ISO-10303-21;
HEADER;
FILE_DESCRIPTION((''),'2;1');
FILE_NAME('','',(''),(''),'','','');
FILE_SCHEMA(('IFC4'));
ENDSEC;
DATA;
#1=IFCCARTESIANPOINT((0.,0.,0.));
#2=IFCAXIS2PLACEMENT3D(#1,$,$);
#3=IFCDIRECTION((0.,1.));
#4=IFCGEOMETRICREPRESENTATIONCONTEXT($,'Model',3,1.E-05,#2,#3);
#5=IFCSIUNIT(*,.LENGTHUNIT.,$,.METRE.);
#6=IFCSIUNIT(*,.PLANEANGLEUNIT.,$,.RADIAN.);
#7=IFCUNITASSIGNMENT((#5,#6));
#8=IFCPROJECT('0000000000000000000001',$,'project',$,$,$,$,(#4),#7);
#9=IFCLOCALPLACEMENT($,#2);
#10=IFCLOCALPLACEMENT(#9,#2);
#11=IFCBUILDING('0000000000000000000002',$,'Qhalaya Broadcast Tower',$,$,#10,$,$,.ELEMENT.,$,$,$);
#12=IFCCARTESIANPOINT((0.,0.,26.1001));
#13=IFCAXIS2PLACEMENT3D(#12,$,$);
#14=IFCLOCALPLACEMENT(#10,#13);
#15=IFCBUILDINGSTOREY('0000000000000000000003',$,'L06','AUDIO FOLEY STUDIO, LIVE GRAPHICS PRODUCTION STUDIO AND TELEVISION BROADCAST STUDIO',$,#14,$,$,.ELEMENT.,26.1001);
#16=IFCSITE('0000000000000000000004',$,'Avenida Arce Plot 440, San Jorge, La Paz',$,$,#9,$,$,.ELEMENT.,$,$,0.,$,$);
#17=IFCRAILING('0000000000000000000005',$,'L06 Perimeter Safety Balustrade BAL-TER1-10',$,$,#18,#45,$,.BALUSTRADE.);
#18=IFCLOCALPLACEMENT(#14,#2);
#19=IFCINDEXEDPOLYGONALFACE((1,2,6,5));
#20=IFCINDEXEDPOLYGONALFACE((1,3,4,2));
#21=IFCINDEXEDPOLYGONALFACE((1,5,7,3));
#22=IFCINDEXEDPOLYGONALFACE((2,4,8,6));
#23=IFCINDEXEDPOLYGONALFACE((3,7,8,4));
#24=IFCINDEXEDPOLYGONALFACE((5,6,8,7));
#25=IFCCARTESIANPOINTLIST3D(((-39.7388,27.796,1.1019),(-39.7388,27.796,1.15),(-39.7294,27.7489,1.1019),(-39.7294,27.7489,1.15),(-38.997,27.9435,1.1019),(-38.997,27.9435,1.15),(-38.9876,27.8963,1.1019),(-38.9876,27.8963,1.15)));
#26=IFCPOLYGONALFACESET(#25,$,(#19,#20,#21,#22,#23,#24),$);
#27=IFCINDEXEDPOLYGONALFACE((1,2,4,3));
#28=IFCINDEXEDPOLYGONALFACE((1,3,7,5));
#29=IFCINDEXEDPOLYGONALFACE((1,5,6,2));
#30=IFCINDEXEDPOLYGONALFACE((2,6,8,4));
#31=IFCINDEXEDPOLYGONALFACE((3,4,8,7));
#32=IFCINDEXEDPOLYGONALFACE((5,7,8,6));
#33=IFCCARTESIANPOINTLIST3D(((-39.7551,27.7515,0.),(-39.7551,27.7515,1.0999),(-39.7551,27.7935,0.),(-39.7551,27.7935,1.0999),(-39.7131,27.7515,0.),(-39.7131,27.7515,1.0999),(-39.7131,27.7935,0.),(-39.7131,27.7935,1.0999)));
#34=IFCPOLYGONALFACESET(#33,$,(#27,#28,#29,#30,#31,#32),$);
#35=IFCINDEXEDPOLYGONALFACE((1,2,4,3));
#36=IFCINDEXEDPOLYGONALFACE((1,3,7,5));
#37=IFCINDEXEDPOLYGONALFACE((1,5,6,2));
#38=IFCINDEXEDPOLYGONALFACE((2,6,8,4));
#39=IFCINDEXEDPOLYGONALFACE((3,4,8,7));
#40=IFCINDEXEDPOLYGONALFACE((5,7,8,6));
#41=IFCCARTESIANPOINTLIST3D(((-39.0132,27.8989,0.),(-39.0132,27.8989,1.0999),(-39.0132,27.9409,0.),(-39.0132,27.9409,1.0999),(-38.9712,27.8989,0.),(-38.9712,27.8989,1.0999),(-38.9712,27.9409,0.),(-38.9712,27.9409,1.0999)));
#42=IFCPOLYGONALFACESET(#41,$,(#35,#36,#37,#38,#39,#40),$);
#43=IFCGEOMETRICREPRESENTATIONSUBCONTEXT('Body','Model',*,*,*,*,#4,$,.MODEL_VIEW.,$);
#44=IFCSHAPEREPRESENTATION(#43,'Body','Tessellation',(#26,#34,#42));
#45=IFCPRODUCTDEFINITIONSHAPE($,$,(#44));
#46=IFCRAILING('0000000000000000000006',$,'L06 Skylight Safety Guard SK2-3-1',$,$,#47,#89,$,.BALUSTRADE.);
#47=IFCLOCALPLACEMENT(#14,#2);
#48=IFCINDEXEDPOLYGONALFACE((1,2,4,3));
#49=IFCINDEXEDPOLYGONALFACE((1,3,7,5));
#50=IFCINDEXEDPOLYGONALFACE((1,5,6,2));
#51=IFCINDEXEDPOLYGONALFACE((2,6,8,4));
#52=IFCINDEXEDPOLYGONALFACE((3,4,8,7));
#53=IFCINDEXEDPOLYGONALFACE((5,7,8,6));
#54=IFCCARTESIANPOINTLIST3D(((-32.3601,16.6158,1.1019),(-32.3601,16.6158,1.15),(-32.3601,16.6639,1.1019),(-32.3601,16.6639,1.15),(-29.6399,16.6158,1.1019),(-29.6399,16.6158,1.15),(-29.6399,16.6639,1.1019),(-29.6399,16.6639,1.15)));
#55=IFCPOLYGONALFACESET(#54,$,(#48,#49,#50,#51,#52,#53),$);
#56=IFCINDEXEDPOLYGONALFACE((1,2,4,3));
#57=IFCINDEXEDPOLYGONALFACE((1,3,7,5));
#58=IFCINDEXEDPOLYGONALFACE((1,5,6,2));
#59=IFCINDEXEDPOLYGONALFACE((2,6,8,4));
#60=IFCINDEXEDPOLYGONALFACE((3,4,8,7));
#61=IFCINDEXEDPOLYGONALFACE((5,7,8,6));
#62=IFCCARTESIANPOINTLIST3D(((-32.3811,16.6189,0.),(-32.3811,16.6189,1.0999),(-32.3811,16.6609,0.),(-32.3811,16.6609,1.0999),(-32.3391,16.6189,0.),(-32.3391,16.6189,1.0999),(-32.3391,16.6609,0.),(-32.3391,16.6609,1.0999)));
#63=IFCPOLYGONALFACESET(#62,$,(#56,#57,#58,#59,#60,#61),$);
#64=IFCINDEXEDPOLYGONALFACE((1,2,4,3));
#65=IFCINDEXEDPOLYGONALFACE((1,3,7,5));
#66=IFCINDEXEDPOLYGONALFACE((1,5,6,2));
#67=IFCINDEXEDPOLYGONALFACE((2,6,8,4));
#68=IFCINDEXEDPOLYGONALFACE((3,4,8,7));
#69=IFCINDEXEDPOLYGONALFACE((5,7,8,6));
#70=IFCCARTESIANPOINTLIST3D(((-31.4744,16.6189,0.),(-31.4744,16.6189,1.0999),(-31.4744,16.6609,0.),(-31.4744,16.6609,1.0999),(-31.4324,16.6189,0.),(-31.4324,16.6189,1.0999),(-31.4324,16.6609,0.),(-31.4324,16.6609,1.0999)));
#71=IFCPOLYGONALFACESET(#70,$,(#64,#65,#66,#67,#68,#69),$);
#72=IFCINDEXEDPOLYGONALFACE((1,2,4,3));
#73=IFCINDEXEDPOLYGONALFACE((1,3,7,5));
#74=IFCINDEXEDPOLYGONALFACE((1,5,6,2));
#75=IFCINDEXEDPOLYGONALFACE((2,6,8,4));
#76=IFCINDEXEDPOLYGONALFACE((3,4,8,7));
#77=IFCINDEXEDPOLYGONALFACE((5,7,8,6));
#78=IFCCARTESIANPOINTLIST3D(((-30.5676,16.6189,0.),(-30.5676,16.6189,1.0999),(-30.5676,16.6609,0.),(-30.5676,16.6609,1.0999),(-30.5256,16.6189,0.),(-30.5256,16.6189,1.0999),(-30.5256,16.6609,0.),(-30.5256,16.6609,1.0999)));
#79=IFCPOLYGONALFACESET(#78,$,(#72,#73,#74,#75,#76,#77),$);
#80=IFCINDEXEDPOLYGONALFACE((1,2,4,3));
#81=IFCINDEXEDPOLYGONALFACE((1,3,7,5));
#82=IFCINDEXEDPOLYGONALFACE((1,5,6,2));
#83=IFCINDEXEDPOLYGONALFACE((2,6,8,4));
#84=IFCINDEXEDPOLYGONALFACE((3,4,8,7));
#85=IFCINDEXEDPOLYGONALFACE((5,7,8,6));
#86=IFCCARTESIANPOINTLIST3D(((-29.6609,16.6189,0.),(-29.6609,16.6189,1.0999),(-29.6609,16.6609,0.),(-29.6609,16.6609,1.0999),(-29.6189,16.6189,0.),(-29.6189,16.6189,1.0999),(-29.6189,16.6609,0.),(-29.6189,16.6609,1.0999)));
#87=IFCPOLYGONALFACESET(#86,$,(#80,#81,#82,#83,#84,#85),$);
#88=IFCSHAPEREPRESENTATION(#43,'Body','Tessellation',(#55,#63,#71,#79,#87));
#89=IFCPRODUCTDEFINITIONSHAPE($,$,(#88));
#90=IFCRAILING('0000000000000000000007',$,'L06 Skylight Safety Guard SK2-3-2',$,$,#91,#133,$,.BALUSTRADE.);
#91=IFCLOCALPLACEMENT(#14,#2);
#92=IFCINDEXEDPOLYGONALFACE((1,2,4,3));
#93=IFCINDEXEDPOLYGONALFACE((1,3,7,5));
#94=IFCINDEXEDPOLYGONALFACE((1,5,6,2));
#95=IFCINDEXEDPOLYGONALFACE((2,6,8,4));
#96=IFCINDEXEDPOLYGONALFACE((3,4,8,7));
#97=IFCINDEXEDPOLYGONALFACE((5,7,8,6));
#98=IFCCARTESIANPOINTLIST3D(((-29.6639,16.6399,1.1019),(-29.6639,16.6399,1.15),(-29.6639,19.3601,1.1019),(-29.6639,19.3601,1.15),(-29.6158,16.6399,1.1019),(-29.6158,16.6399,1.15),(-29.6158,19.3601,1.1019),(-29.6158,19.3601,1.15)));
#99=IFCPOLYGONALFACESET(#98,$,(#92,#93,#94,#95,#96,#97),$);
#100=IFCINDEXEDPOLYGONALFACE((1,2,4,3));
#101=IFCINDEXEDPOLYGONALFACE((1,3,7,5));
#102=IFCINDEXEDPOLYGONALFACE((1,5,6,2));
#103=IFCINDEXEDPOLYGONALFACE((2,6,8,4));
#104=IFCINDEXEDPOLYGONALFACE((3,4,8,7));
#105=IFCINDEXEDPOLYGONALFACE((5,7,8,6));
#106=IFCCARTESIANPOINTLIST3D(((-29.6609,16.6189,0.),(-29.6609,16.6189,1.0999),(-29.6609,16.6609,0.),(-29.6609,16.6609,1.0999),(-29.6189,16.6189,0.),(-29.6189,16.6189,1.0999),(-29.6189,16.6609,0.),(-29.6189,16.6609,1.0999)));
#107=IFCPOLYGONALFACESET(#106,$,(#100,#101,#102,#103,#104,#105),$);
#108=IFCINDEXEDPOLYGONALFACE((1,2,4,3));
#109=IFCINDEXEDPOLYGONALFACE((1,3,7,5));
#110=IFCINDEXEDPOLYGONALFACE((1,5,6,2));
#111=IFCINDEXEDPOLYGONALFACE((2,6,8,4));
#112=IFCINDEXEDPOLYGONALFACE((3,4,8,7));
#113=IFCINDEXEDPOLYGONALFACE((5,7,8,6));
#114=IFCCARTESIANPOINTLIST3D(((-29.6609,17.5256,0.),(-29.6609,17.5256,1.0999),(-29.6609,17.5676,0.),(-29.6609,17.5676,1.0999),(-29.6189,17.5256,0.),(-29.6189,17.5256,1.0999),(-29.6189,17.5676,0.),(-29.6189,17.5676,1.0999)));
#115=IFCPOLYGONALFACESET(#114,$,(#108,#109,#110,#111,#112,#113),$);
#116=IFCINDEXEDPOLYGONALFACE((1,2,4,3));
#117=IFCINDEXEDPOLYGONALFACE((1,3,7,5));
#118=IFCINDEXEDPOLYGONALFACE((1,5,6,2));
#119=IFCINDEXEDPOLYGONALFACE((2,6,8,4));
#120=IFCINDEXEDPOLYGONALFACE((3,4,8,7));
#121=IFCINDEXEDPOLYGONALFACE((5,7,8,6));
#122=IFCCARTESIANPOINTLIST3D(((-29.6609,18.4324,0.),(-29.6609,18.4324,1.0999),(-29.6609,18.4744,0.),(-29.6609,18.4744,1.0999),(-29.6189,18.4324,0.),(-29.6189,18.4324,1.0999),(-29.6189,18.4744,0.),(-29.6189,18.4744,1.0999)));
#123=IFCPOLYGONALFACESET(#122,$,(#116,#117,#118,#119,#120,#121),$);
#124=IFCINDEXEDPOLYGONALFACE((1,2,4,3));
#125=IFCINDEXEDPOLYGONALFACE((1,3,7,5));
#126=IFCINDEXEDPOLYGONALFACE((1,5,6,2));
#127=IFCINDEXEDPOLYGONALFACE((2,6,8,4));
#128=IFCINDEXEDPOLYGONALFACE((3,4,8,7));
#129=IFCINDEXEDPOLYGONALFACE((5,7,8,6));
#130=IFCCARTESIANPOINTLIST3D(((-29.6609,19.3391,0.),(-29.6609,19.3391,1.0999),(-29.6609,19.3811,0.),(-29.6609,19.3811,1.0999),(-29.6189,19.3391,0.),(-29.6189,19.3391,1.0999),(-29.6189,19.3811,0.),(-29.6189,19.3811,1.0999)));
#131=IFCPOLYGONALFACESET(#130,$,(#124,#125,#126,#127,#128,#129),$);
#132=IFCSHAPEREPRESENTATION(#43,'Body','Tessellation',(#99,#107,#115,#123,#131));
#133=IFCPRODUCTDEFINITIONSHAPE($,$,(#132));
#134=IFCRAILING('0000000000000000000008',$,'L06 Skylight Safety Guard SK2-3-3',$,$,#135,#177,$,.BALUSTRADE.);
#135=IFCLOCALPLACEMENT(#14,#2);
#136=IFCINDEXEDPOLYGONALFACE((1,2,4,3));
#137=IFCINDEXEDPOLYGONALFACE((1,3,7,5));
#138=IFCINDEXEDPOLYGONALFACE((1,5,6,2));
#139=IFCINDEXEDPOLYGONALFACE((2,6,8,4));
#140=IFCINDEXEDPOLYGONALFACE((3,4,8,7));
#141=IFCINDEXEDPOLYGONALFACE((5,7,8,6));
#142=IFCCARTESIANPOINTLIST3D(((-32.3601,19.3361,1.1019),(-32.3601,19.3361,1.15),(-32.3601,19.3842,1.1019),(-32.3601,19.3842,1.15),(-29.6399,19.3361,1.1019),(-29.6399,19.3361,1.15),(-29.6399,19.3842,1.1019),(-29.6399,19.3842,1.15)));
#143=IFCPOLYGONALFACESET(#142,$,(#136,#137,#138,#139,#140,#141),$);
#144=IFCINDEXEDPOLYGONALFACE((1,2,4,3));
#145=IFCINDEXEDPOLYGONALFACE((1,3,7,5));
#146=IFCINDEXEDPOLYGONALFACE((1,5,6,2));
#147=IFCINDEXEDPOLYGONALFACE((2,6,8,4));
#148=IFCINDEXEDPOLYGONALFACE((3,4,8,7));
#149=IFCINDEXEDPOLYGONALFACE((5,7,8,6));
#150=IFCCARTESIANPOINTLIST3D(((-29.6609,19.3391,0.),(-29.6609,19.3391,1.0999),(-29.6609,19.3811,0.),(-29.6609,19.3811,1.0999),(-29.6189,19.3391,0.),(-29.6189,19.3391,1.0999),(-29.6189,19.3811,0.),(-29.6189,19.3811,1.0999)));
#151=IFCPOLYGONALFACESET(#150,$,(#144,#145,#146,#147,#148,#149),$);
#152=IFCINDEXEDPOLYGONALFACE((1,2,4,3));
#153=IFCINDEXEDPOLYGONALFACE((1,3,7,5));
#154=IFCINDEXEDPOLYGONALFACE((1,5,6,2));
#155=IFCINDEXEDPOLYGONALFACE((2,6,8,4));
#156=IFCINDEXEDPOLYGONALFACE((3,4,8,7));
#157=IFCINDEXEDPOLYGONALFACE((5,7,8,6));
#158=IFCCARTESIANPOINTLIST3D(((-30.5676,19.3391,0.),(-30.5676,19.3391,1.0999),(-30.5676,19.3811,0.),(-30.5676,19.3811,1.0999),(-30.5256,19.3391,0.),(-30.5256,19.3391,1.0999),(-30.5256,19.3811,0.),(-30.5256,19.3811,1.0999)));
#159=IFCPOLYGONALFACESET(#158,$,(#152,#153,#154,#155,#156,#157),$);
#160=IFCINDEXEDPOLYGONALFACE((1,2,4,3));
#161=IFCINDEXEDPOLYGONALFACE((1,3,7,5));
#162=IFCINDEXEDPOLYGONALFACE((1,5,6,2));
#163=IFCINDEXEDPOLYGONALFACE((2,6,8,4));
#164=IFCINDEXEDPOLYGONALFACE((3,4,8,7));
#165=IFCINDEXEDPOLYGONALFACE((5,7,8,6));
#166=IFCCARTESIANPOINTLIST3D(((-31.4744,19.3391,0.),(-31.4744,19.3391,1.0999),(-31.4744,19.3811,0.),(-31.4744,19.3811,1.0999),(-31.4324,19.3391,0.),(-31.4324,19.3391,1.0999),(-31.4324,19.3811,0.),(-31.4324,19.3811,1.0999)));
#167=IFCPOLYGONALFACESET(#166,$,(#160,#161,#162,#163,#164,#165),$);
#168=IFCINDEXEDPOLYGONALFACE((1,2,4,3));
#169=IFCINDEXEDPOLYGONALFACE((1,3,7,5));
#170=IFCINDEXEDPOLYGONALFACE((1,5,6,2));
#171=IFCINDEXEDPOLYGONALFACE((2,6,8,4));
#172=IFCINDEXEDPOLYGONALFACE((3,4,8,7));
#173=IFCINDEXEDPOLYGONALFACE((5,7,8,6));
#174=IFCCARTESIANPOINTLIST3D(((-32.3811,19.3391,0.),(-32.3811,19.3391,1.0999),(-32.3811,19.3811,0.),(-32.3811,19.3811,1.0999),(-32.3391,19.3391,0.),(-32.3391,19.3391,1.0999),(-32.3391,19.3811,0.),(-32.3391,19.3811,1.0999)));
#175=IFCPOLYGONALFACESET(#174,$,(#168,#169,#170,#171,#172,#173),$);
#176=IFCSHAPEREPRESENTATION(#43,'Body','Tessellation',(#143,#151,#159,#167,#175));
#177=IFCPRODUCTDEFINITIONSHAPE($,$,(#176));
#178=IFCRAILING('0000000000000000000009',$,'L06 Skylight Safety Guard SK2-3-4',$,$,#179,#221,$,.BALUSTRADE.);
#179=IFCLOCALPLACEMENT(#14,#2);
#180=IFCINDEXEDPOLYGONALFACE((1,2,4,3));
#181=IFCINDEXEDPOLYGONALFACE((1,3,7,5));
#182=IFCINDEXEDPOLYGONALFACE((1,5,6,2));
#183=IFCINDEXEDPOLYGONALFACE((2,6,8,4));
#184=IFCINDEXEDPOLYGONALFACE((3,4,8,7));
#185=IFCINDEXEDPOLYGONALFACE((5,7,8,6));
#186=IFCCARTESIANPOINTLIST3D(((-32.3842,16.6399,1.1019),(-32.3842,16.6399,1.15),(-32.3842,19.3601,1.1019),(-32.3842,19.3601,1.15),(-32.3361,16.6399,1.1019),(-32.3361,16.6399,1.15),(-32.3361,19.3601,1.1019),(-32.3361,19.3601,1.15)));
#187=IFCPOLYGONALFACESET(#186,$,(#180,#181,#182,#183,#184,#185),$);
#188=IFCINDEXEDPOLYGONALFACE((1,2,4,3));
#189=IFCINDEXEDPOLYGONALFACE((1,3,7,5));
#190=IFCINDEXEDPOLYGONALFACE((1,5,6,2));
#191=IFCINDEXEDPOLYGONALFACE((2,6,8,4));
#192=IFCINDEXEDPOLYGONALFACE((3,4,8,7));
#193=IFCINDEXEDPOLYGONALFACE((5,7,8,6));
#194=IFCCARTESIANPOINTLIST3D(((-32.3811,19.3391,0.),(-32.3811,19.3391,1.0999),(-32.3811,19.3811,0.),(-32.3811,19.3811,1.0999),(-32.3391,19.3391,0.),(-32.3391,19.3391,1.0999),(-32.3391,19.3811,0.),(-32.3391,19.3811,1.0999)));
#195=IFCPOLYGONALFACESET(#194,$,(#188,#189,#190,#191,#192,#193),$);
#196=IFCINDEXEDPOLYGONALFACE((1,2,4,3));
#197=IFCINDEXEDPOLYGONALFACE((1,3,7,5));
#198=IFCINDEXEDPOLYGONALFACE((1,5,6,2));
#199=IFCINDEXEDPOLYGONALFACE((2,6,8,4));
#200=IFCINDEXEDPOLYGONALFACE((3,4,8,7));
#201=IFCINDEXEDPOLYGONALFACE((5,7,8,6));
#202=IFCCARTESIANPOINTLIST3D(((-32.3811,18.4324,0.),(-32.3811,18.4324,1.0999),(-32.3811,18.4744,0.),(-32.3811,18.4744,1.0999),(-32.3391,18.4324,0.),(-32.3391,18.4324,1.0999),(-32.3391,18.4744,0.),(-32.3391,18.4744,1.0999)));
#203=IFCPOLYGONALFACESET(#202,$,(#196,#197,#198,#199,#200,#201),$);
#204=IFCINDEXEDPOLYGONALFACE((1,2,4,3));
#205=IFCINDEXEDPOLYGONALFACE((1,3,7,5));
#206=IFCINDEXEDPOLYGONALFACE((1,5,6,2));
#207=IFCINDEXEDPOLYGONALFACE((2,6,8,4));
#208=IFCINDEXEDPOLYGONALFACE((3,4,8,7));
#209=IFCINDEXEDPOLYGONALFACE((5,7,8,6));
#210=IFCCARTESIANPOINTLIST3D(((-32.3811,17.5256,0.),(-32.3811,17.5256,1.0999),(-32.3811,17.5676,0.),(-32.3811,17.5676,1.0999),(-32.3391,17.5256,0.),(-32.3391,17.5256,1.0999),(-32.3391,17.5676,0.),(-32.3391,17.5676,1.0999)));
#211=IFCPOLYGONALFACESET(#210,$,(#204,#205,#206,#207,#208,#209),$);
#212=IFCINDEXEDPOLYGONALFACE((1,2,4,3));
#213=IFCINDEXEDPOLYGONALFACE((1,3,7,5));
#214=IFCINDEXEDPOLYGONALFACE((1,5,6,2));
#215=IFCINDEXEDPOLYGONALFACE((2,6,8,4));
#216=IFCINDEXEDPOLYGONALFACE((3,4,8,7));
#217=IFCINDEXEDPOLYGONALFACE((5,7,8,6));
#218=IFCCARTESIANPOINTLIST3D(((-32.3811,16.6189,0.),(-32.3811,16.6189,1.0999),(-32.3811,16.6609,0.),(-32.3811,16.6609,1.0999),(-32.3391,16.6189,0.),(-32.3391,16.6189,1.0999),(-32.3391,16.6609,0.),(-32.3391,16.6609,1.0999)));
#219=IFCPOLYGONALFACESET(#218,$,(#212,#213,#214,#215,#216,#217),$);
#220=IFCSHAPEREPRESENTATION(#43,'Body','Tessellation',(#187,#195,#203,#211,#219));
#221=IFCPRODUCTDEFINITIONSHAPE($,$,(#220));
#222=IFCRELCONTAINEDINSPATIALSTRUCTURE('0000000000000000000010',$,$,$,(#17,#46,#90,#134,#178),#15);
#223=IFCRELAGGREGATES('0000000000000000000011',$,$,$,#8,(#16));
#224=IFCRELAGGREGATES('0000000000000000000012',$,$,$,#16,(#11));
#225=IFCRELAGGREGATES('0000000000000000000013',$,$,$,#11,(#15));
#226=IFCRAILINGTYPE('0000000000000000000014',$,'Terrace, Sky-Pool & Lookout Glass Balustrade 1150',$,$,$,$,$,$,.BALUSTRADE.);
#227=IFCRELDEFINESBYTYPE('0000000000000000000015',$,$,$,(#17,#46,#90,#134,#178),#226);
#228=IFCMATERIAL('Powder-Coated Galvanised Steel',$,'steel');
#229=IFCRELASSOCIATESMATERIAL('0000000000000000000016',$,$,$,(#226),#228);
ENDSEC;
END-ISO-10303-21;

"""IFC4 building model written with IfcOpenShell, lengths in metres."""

from ifc_helpers import new_model, si_unit, direction, frame, origin, origin_2d, place, context, subcontext, project, spatial, rectangle, extrude, material, type_object, element, save


model = new_model("IFC4")

# Units and contexts
model_context = context("Model", 3, precision=1e-05, world=origin(), true_north=direction((0.0, 1.0)))
body_context = subcontext(model_context, "Body", "Model", "MODEL_VIEW")
ifc_project = project(units=[si_unit("LENGTHUNIT", "METRE"), si_unit("PLANEANGLEUNIT", "RADIAN")], contexts=[model_context])

# Site, building, storey
site_placement = place(None, origin())
site = spatial("IfcSite", under=ifc_project, at=site_placement, Name="Avenida Arce Plot 440, San Jorge, La Paz", CompositionType="ELEMENT", RefElevation=0.0)
building_placement = place(site_placement, origin())
building = spatial("IfcBuilding", under=site, at=building_placement, Name="Qhalaya Broadcast Tower", CompositionType="ELEMENT")
storey_placement = place(building_placement, frame((0.0, 0.0, 26.1001)))
storey = spatial("IfcBuildingStorey", under=building, at=storey_placement, Name="L06", Description="AUDIO FOLEY STUDIO, LIVE GRAPHICS PRODUCTION STUDIO AND TELEVISION BROADCAST STUDIO", CompositionType="ELEMENT", Elevation=26.1001)

# Railings
ifc_material_1 = material(Name="Powder-Coated Galvanised Steel", Category="steel")
railing_type = type_object("IfcRailingType", Name="Terrace, Sky-Pool & Lookout Glass Balustrade 1150", PredefinedType="BALUSTRADE", material=ifc_material_1)
railing_1_placement = place(storey_placement, frame((-39.7341, 27.7725, 0.0)))
element("IfcRailing", 1, at=railing_1_placement, inside=storey, type_object=railing_type, Name="L06 Perimeter Safety Balustrade BAL-TER1-10", PredefinedType="BALUSTRADE", context=body_context, shape_type="SweptSolid", body=[
    extrude(rectangle(XDim=0.0481, YDim=0.0481, at=origin_2d()), frame((0.0, 0.0, 1.126), z_axis=(0.980816, 0.194937, 0.0), x_axis=(-0.194937, 0.980816, 0.0)), (0.0, 0.0, 1.0), 0.7563),
    extrude(rectangle(XDim=0.042, YDim=0.042, at=origin_2d()), origin(), (0.0, 0.0, 1.0), 1.0999),
    extrude(rectangle(XDim=0.042, YDim=0.042, at=origin_2d()), frame((0.7419, 0.1475, 0.0)), (0.0, 0.0, 1.0), 1.0999),
])
railing_2_placement = place(storey_placement, frame((-32.3601, 16.6399, 0.0)))
element("IfcRailing", 2, at=railing_2_placement, inside=storey, type_object=railing_type, Name="L06 Skylight Safety Guard SK2-3-1", PredefinedType="BALUSTRADE", context=body_context, shape_type="SweptSolid", body=[
    extrude(rectangle(XDim=0.0481, YDim=0.0481, at=origin_2d()), frame((0.0, 0.0, 1.126), z_axis=(1.0, 0.0, 0.0), x_axis=(0.0, 1.0, 0.0)), (0.0, 0.0, 1.0), 2.7202),
    extrude(rectangle(XDim=0.042, YDim=0.042, at=origin_2d()), origin(), (0.0, 0.0, 1.0), 1.0999),
    extrude(rectangle(XDim=0.042, YDim=0.042, at=origin_2d()), frame((0.9067, 0.0, 0.0)), (0.0, 0.0, 1.0), 1.0999),
    extrude(rectangle(XDim=0.042, YDim=0.042, at=origin_2d()), frame((1.8135, 0.0, 0.0)), (0.0, 0.0, 1.0), 1.0999),
    extrude(rectangle(XDim=0.042, YDim=0.042, at=origin_2d()), frame((2.7202, 0.0, 0.0)), (0.0, 0.0, 1.0), 1.0999),
])
railing_3_placement = place(storey_placement, frame((-29.6399, 16.6399, 0.0)))
element("IfcRailing", 3, at=railing_3_placement, inside=storey, type_object=railing_type, Name="L06 Skylight Safety Guard SK2-3-2", PredefinedType="BALUSTRADE", context=body_context, shape_type="SweptSolid", body=[
    extrude(rectangle(XDim=0.0481, YDim=0.0481, at=origin_2d()), frame((0.0, 0.0, 1.126), z_axis=(0.0, 1.0, 0.0), x_axis=(-1.0, 0.0, 0.0)), (0.0, 0.0, 1.0), 2.7202),
    extrude(rectangle(XDim=0.042, YDim=0.042, at=origin_2d()), origin(), (0.0, 0.0, 1.0), 1.0999),
    extrude(rectangle(XDim=0.042, YDim=0.042, at=origin_2d()), frame((0.0, 0.9067, 0.0)), (0.0, 0.0, 1.0), 1.0999),
    extrude(rectangle(XDim=0.042, YDim=0.042, at=origin_2d()), frame((0.0, 1.8135, 0.0)), (0.0, 0.0, 1.0), 1.0999),
    extrude(rectangle(XDim=0.042, YDim=0.042, at=origin_2d()), frame((0.0, 2.7202, 0.0)), (0.0, 0.0, 1.0), 1.0999),
])
railing_4_placement = place(storey_placement, frame((-29.6399, 19.3601, 0.0)))
element("IfcRailing", 4, at=railing_4_placement, inside=storey, type_object=railing_type, Name="L06 Skylight Safety Guard SK2-3-3", PredefinedType="BALUSTRADE", context=body_context, shape_type="SweptSolid", body=[
    extrude(rectangle(XDim=0.0481, YDim=0.0481, at=origin_2d()), frame((0.0, 0.0, 1.126), z_axis=(-1.0, 0.0, 0.0), x_axis=(0.0, -1.0, 0.0)), (0.0, 0.0, 1.0), 2.7202),
    extrude(rectangle(XDim=0.042, YDim=0.042, at=origin_2d()), origin(), (0.0, 0.0, 1.0), 1.0999),
    extrude(rectangle(XDim=0.042, YDim=0.042, at=origin_2d()), frame((-0.9067, 0.0, 0.0)), (0.0, 0.0, 1.0), 1.0999),
    extrude(rectangle(XDim=0.042, YDim=0.042, at=origin_2d()), frame((-1.8135, 0.0, 0.0)), (0.0, 0.0, 1.0), 1.0999),
    extrude(rectangle(XDim=0.042, YDim=0.042, at=origin_2d()), frame((-2.7202, 0.0, 0.0)), (0.0, 0.0, 1.0), 1.0999),
])
railing_5_placement = place(storey_placement, frame((-32.3601, 19.3601, 0.0)))
element("IfcRailing", 5, at=railing_5_placement, inside=storey, type_object=railing_type, Name="L06 Skylight Safety Guard SK2-3-4", PredefinedType="BALUSTRADE", context=body_context, shape_type="SweptSolid", body=[
    extrude(rectangle(XDim=0.0481, YDim=0.0481, at=origin_2d()), frame((0.0, 0.0, 1.126), z_axis=(0.0, -1.0, 0.0), x_axis=(1.0, 0.0, 0.0)), (0.0, 0.0, 1.0), 2.7202),
    extrude(rectangle(XDim=0.042, YDim=0.042, at=origin_2d()), origin(), (0.0, 0.0, 1.0), 1.0999),
    extrude(rectangle(XDim=0.042, YDim=0.042, at=origin_2d()), frame((0.0, -0.9067, 0.0)), (0.0, 0.0, 1.0), 1.0999),
    extrude(rectangle(XDim=0.042, YDim=0.042, at=origin_2d()), frame((0.0, -1.8135, 0.0)), (0.0, 0.0, 1.0), 1.0999),
    extrude(rectangle(XDim=0.042, YDim=0.042, at=origin_2d()), frame((0.0, -2.7202, 0.0)), (0.0, 0.0, 1.0), 1.0999),
])

save(model, "model.ifc")
